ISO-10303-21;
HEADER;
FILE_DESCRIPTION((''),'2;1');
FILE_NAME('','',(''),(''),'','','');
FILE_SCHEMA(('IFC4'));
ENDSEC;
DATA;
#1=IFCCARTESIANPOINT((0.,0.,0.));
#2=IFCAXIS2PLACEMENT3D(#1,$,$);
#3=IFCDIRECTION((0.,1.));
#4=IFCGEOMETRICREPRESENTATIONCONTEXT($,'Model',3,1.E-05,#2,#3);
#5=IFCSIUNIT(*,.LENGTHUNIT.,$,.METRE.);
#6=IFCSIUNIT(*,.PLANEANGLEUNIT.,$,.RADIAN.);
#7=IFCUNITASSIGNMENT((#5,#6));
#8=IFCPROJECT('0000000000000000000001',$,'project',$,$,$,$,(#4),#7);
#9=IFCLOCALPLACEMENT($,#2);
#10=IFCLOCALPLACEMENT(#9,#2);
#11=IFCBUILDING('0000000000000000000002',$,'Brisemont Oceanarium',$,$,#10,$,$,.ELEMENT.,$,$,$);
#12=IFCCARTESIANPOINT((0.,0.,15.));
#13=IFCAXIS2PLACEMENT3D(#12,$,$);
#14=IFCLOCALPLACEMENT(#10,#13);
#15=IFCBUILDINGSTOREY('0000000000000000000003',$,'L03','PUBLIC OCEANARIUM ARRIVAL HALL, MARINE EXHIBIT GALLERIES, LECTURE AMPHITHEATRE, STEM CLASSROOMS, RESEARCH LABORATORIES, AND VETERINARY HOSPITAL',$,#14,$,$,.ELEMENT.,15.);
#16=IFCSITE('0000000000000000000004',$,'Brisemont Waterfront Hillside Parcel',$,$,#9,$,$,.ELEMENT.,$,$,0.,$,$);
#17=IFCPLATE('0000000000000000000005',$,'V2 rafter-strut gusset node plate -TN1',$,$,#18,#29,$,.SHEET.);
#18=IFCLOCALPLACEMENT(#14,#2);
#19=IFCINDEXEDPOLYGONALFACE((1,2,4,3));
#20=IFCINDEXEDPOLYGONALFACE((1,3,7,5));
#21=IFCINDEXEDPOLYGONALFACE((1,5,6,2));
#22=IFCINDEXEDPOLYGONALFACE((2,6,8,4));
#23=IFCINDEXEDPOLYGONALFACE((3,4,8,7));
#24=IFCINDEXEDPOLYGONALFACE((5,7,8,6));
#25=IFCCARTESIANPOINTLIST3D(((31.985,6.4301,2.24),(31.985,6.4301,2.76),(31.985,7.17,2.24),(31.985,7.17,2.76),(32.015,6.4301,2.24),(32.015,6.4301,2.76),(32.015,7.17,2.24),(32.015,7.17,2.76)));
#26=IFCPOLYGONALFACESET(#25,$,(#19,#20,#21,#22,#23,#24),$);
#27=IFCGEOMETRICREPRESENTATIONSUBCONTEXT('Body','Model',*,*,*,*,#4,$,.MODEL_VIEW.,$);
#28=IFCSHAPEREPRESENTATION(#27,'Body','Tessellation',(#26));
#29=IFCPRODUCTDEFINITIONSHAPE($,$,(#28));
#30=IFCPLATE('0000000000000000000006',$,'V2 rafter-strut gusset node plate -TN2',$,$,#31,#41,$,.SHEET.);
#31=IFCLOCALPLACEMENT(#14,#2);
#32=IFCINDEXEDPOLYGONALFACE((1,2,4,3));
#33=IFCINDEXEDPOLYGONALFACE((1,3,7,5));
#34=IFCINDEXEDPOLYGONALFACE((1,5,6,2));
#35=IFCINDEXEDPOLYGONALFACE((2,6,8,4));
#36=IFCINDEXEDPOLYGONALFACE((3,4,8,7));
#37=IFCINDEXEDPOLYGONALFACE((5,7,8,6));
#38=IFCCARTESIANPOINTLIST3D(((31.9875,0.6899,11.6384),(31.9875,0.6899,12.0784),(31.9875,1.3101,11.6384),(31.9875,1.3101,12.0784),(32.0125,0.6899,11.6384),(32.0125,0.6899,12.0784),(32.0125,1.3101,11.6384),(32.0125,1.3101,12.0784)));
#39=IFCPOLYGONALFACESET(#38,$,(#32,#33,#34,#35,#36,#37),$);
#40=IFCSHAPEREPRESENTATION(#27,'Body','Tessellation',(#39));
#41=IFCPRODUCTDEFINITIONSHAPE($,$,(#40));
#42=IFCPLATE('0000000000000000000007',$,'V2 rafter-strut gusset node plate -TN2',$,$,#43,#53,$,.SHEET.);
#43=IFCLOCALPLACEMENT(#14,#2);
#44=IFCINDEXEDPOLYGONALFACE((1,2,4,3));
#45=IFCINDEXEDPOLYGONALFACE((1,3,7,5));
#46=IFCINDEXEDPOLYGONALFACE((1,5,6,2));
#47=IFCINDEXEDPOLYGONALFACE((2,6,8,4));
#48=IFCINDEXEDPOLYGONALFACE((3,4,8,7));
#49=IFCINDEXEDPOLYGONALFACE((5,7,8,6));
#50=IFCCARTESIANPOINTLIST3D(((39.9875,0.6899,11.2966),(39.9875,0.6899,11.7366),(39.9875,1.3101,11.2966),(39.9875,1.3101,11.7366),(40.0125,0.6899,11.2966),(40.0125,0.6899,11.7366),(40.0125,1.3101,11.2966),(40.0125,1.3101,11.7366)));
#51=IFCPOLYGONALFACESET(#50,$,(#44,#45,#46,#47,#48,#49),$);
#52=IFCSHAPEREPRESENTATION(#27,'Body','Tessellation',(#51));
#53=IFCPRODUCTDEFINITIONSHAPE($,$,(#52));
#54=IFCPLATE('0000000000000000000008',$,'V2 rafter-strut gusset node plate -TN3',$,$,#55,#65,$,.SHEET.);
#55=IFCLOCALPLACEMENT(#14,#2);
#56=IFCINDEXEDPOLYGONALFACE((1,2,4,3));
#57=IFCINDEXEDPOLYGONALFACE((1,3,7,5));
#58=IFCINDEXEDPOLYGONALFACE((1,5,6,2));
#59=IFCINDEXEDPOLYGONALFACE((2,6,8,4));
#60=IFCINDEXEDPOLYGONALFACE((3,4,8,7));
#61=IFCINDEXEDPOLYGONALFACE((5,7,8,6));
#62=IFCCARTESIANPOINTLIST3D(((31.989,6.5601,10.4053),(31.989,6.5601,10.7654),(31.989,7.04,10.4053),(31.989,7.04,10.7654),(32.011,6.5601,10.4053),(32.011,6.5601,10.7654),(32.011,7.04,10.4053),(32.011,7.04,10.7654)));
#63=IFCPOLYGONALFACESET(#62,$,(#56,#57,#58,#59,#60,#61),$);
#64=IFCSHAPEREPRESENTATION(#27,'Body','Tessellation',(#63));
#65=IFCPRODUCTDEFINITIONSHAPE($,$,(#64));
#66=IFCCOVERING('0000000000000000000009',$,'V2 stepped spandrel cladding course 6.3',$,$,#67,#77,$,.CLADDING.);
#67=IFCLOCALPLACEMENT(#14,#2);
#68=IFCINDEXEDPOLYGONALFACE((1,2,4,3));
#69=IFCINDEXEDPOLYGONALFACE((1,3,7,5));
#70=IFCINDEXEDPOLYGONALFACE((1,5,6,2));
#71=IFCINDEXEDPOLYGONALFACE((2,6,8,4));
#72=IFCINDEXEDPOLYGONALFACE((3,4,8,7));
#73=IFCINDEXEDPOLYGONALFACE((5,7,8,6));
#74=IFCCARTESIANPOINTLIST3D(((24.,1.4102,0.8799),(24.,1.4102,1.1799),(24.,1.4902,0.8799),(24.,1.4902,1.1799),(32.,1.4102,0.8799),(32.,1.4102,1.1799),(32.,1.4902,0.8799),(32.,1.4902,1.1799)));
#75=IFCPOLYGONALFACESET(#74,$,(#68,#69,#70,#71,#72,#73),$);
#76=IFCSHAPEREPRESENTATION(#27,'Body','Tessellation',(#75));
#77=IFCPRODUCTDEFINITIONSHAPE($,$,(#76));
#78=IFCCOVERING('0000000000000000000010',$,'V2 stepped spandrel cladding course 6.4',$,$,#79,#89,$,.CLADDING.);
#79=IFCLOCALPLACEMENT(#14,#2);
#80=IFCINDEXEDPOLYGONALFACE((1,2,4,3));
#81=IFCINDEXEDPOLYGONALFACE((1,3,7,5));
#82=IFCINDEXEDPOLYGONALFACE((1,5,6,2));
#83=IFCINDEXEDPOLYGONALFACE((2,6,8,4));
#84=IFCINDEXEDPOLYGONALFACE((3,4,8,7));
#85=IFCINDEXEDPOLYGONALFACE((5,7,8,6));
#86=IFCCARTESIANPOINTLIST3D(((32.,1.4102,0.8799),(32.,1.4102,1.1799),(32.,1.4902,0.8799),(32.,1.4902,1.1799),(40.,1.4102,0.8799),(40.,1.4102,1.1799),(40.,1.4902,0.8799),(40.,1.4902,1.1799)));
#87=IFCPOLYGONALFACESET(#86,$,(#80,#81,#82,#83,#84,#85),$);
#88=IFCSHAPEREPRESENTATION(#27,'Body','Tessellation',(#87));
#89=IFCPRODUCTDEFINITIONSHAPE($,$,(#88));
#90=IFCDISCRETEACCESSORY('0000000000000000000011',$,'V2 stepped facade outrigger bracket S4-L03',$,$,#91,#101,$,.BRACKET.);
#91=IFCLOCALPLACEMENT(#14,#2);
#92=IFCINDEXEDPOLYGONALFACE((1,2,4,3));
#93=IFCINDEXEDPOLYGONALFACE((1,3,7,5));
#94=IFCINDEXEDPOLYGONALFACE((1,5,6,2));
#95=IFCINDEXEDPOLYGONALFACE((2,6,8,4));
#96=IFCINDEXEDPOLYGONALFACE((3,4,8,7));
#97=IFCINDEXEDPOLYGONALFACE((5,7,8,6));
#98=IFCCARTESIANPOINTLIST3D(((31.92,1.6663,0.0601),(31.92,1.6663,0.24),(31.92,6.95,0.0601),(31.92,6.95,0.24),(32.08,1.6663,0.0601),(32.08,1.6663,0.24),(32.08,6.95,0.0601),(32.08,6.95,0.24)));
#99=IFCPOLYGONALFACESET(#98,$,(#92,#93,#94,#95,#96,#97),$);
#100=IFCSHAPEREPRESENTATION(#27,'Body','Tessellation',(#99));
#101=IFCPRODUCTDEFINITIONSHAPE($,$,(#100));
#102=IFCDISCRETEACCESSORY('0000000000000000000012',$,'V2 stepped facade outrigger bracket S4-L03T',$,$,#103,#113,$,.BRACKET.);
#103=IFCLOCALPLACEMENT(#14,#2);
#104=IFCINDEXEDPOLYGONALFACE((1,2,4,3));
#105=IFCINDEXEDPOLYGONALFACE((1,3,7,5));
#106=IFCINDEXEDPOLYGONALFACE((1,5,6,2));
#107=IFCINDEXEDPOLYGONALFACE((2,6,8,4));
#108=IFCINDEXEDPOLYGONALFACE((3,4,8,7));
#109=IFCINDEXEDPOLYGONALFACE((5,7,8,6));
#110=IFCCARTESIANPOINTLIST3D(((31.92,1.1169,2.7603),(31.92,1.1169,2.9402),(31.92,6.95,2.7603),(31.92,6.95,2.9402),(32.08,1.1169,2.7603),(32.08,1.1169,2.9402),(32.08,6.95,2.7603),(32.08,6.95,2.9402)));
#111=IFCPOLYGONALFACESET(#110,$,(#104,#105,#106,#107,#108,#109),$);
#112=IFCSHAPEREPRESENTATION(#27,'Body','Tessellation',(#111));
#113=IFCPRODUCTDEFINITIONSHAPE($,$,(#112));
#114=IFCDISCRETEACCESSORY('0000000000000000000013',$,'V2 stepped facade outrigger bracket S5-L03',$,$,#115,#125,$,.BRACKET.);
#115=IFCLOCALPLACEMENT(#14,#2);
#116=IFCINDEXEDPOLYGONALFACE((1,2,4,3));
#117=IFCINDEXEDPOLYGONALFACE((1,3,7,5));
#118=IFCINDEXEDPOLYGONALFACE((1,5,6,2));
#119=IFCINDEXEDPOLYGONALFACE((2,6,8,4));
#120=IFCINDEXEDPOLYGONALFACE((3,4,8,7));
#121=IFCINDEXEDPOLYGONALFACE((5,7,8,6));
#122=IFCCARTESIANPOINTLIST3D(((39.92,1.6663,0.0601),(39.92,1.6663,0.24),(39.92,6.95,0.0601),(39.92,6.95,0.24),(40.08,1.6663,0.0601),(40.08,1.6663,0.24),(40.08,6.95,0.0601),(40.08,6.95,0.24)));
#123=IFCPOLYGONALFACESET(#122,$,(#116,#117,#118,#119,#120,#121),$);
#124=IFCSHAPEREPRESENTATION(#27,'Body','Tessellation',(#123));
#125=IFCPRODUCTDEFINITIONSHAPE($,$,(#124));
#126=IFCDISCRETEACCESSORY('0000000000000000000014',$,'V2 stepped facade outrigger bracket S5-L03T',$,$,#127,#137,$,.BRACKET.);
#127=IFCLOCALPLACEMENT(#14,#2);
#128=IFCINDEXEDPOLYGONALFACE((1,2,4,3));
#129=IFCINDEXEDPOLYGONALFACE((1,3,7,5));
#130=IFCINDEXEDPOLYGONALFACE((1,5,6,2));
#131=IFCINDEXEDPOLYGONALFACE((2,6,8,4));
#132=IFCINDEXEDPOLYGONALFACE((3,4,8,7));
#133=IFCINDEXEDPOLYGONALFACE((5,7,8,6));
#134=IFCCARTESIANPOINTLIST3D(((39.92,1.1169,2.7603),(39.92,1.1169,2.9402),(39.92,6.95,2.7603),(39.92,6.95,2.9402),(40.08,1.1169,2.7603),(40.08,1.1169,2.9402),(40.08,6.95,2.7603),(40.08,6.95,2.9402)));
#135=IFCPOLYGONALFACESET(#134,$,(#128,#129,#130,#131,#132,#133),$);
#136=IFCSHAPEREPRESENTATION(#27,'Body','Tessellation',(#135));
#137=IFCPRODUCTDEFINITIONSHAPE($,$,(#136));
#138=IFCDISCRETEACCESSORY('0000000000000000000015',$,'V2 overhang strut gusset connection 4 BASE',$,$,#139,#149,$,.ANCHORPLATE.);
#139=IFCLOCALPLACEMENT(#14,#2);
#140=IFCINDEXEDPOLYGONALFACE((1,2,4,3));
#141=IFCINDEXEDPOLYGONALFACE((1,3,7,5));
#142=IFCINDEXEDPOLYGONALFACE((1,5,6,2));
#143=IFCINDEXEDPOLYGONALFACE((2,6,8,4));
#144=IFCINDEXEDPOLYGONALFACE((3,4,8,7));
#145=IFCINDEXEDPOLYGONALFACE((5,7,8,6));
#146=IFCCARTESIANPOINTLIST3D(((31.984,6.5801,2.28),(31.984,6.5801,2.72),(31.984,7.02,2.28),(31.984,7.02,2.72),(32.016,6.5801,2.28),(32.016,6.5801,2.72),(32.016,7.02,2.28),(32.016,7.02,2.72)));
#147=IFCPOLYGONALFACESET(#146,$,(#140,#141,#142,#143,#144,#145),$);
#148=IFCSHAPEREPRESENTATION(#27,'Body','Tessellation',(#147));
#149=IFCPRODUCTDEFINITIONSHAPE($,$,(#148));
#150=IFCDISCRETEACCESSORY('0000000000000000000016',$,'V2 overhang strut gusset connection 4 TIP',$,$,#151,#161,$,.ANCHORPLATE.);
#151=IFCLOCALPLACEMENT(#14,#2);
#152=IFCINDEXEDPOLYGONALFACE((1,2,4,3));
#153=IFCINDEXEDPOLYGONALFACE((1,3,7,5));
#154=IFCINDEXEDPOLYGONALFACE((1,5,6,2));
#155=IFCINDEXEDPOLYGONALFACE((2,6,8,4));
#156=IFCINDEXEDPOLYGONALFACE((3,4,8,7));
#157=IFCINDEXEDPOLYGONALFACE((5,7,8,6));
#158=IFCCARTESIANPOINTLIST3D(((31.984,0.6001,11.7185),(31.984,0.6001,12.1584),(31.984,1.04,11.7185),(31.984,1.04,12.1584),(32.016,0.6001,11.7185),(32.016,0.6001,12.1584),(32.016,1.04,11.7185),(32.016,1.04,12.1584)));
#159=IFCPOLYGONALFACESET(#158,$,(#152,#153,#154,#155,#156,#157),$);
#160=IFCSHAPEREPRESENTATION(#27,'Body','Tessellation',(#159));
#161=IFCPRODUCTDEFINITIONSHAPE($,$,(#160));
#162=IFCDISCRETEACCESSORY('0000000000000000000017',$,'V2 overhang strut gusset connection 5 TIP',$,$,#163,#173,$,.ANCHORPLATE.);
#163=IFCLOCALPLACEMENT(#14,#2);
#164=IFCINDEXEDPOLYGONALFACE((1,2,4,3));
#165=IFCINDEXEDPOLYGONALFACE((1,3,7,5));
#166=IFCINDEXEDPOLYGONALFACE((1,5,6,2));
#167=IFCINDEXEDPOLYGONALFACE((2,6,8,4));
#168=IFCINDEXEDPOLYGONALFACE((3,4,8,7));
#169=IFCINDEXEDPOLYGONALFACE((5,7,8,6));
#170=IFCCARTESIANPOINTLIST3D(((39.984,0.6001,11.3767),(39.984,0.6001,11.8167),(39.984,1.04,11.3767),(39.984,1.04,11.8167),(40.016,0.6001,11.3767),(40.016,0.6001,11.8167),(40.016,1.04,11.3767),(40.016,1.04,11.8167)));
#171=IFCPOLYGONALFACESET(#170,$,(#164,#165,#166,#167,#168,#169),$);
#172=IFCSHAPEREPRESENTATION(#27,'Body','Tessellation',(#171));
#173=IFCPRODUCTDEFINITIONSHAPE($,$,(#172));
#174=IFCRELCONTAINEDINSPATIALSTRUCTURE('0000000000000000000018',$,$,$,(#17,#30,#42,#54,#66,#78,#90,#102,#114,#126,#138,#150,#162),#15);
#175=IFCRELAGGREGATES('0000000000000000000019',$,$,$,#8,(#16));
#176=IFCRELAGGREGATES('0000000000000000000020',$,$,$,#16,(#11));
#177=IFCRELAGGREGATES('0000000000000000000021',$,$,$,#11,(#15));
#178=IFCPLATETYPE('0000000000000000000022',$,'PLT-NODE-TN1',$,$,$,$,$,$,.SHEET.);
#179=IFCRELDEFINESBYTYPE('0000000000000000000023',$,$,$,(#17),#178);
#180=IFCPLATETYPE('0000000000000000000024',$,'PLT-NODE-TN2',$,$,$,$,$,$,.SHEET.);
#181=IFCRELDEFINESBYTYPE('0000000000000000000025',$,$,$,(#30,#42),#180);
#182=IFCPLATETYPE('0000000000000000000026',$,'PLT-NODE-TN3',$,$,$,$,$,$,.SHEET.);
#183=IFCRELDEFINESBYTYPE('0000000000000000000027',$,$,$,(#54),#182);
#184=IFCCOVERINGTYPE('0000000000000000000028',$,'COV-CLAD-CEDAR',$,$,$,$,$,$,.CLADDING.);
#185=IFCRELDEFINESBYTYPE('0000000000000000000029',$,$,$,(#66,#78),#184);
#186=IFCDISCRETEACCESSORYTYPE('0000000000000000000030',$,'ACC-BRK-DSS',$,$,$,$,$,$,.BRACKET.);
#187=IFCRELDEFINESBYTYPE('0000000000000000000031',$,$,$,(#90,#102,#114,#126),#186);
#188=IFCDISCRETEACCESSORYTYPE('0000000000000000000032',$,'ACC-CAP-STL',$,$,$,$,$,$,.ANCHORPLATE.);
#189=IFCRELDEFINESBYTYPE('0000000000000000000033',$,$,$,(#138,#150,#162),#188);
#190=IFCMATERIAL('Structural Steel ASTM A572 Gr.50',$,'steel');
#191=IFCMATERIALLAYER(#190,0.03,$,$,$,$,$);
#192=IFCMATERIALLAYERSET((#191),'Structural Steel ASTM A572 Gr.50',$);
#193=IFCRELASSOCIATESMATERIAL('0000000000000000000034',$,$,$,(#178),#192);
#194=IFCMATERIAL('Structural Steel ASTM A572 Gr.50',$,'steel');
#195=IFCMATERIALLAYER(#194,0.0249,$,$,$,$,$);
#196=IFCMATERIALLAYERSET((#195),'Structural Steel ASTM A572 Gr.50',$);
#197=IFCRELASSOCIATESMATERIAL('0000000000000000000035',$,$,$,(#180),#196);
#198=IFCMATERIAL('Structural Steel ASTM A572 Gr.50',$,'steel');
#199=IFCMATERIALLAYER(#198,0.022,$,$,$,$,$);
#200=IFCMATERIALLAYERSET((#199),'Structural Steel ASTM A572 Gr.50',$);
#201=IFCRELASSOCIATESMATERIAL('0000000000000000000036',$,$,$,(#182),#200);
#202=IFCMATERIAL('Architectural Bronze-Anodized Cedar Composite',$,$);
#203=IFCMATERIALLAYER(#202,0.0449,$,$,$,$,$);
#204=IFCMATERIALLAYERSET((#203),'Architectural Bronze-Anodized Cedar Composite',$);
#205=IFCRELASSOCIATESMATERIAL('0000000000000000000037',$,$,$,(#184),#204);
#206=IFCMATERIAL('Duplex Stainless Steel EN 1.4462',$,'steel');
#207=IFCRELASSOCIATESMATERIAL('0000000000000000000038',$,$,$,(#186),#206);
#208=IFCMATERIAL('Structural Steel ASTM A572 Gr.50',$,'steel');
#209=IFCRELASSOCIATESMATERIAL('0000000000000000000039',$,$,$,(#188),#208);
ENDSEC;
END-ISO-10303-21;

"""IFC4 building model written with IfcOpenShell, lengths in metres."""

from ifc_helpers import new_model, si_unit, direction, frame, origin, origin_2d, place, context, subcontext, project, spatial, rectangle, extrude, material, layer, layer_set, type_object, element, save


model = new_model("IFC4")

# Units and contexts
model_context = context("Model", 3, precision=1e-05, world=origin(), true_north=direction((0.0, 1.0)))
body_context = subcontext(model_context, "Body", "Model", "MODEL_VIEW")
ifc_project = project(units=[si_unit("LENGTHUNIT", "METRE"), si_unit("PLANEANGLEUNIT", "RADIAN")], contexts=[model_context])

# Site, building, storey
site_placement = place(None, origin())
site = spatial("IfcSite", under=ifc_project, at=site_placement, Name="Brisemont Waterfront Hillside Parcel", CompositionType="ELEMENT", RefElevation=0.0)
building_placement = place(site_placement, origin())
building = spatial("IfcBuilding", under=site, at=building_placement, Name="Brisemont Oceanarium", CompositionType="ELEMENT")
storey_placement = place(building_placement, frame((0.0, 0.0, 15.0)))
storey = spatial("IfcBuildingStorey", under=building, at=storey_placement, Name="L03", Description="PUBLIC OCEANARIUM ARRIVAL HALL, MARINE EXHIBIT GALLERIES, LECTURE AMPHITHEATRE, STEM CLASSROOMS, RESEARCH LABORATORIES, AND VETERINARY HOSPITAL", CompositionType="ELEMENT", Elevation=15.0)

# Plates
ifc_material_1 = material(Name="Structural Steel ASTM A572 Gr.50", Category="steel")
ifc_layer_1 = layer(ifc_material_1, 0.03)
ifc_layer_set_1 = layer_set([ifc_layer_1], Name="Structural Steel ASTM A572 Gr.50")
plate_type_1 = type_object("IfcPlateType", Name="PLT-NODE-TN1", PredefinedType="SHEET", material=ifc_layer_set_1)
plate_1_placement = place(storey_placement, frame((32.0, 6.8, 2.24), z_axis=(0.0, 0.0, 1.0), x_axis=(1.0, 0.0, 0.0)))
element("IfcPlate", 1, at=plate_1_placement, inside=storey, type_object=plate_type_1, Name="V2 rafter-strut gusset node plate -TN1", PredefinedType="SHEET", context=body_context, shape_type="SweptSolid", body=[
    extrude(rectangle(XDim=0.03, YDim=0.74, at=origin_2d()), origin(), (0.0, 0.0, 1.0), 0.52),
])
ifc_material_2 = material(Name="Structural Steel ASTM A572 Gr.50", Category="steel")
ifc_layer_2 = layer(ifc_material_2, 0.0249)
ifc_layer_set_2 = layer_set([ifc_layer_2], Name="Structural Steel ASTM A572 Gr.50")
plate_type_2 = type_object("IfcPlateType", Name="PLT-NODE-TN2", PredefinedType="SHEET", material=ifc_layer_set_2)
for number, where, z_axis, x_axis, name in (
    (2, (32.0, 1.0, 11.6384), (0.0, 0.0, 1.0), (1.0, 0.0, 0.0), "V2 rafter-strut gusset node plate -TN2"),
    (3, (40.0, 1.0, 11.2966), (0.0, 0.0, 1.0), (1.0, 0.0, 0.0), "V2 rafter-strut gusset node plate -TN2"),
):
    element("IfcPlate", number, at=place(storey_placement, frame(where, z_axis=z_axis, x_axis=x_axis)), inside=storey, type_object=plate_type_2, Name=name, PredefinedType="SHEET", context=body_context, shape_type="SweptSolid", body=[
        extrude(rectangle(XDim=0.0249, YDim=0.6201, at=origin_2d()), origin(), (0.0, 0.0, 1.0), 0.4399),
    ])
ifc_material_3 = material(Name="Structural Steel ASTM A572 Gr.50", Category="steel")
ifc_layer_3 = layer(ifc_material_3, 0.022)
ifc_layer_set_3 = layer_set([ifc_layer_3], Name="Structural Steel ASTM A572 Gr.50")
plate_type_3 = type_object("IfcPlateType", Name="PLT-NODE-TN3", PredefinedType="SHEET", material=ifc_layer_set_3)
plate_2_placement = place(storey_placement, frame((32.0, 6.8, 10.4053), z_axis=(0.0, 0.0, 1.0), x_axis=(1.0, 0.0, 0.0)))
element("IfcPlate", 4, at=plate_2_placement, inside=storey, type_object=plate_type_3, Name="V2 rafter-strut gusset node plate -TN3", PredefinedType="SHEET", context=body_context, shape_type="SweptSolid", body=[
    extrude(rectangle(XDim=0.022, YDim=0.48, at=origin_2d()), origin(), (0.0, 0.0, 1.0), 0.3601),
])

# Coverings
ifc_material_4 = material(Name="Architectural Bronze-Anodized Cedar Composite")
ifc_layer_4 = layer(ifc_material_4, 0.0449)
ifc_layer_set_4 = layer_set([ifc_layer_4], Name="Architectural Bronze-Anodized Cedar Composite")
covering_type = type_object("IfcCoveringType", Name="COV-CLAD-CEDAR", PredefinedType="CLADDING", material=ifc_layer_set_4)
for number, where, z_axis, x_axis, name in (
    (5, (28.0, 1.4502, 0.8799), (0.0, 0.0, 1.0), (1.0, 0.0, 0.0), "V2 stepped spandrel cladding course 6.3"),
    (6, (36.0, 1.4502, 0.8799), (0.0, 0.0, 1.0), (1.0, 0.0, 0.0), "V2 stepped spandrel cladding course 6.4"),
):
    element("IfcCovering", number, at=place(storey_placement, frame(where, z_axis=z_axis, x_axis=x_axis)), inside=storey, type_object=covering_type, Name=name, PredefinedType="CLADDING", context=body_context, shape_type="SweptSolid", body=[
        extrude(rectangle(XDim=8.0, YDim=0.0801, at=origin_2d()), origin(), (0.0, 0.0, 1.0), 0.3),
    ])

# Discrete accessories
ifc_material_5 = material(Name="Duplex Stainless Steel EN 1.4462", Category="steel")
discrete_accessory_type_1 = type_object("IfcDiscreteAccessoryType", Name="ACC-BRK-DSS", PredefinedType="BRACKET", material=ifc_material_5)
discrete_accessory_1_placement = place(storey_placement, frame((32.0, 4.3081, 0.0601), z_axis=(0.0, 0.0, 1.0), x_axis=(1.0, 0.0, 0.0)))
element("IfcDiscreteAccessory", 7, at=discrete_accessory_1_placement, inside=storey, type_object=discrete_accessory_type_1, Name="V2 stepped facade outrigger bracket S4-L03", PredefinedType="BRACKET", context=body_context, shape_type="SweptSolid", body=[
    extrude(rectangle(XDim=0.1599, YDim=5.2837, at=origin_2d()), origin(), (0.0, 0.0, 1.0), 0.1799),
])
discrete_accessory_2_placement = place(storey_placement, frame((32.0, 4.0334, 2.7603), z_axis=(0.0, 0.0, 1.0), x_axis=(1.0, 0.0, 0.0)))
element("IfcDiscreteAccessory", 8, at=discrete_accessory_2_placement, inside=storey, type_object=discrete_accessory_type_1, Name="V2 stepped facade outrigger bracket S4-L03T", PredefinedType="BRACKET", context=body_context, shape_type="SweptSolid", body=[
    extrude(rectangle(XDim=0.1599, YDim=5.833, at=origin_2d()), origin(), (0.0, 0.0, 1.0), 0.1799),
])
discrete_accessory_3_placement = place(storey_placement, frame((40.0, 4.3081, 0.0601), z_axis=(0.0, 0.0, 1.0), x_axis=(1.0, 0.0, 0.0)))
element("IfcDiscreteAccessory", 9, at=discrete_accessory_3_placement, inside=storey, type_object=discrete_accessory_type_1, Name="V2 stepped facade outrigger bracket S5-L03", PredefinedType="BRACKET", context=body_context, shape_type="SweptSolid", body=[
    extrude(rectangle(XDim=0.1599, YDim=5.2837, at=origin_2d()), origin(), (0.0, 0.0, 1.0), 0.1799),
])
discrete_accessory_4_placement = place(storey_placement, frame((40.0, 4.0334, 2.7603), z_axis=(0.0, 0.0, 1.0), x_axis=(1.0, 0.0, 0.0)))
element("IfcDiscreteAccessory", 10, at=discrete_accessory_4_placement, inside=storey, type_object=discrete_accessory_type_1, Name="V2 stepped facade outrigger bracket S5-L03T", PredefinedType="BRACKET", context=body_context, shape_type="SweptSolid", body=[
    extrude(rectangle(XDim=0.1599, YDim=5.833, at=origin_2d()), origin(), (0.0, 0.0, 1.0), 0.1799),
])
ifc_material_6 = material(Name="Structural Steel ASTM A572 Gr.50", Category="steel")
discrete_accessory_type_2 = type_object("IfcDiscreteAccessoryType", Name="ACC-CAP-STL", PredefinedType="ANCHORPLATE", material=ifc_material_6)
for number, where, z_axis, x_axis, name in (
    (11, (32.0, 6.8, 2.28), (0.0, 0.0, 1.0), (1.0, 0.0, 0.0), "V2 overhang strut gusset connection 4 BASE"),
    (12, (32.0, 0.8201, 11.7185), (0.0, 0.0, 1.0), (1.0, 0.0, 0.0), "V2 overhang strut gusset connection 4 TIP"),
    (13, (40.0, 0.8201, 11.3767), (0.0, 0.0, 1.0), (1.0, 0.0, 0.0), "V2 overhang strut gusset connection 5 TIP"),
):
    element("IfcDiscreteAccessory", number, at=place(storey_placement, frame(where, z_axis=z_axis, x_axis=x_axis)), inside=storey, type_object=discrete_accessory_type_2, Name=name, PredefinedType="ANCHORPLATE", context=body_context, shape_type="SweptSolid", body=[
        extrude(rectangle(XDim=0.032, YDim=0.4399, at=origin_2d()), origin(), (0.0, 0.0, 1.0), 0.4399),
    ])

save(model, "model.ifc")
